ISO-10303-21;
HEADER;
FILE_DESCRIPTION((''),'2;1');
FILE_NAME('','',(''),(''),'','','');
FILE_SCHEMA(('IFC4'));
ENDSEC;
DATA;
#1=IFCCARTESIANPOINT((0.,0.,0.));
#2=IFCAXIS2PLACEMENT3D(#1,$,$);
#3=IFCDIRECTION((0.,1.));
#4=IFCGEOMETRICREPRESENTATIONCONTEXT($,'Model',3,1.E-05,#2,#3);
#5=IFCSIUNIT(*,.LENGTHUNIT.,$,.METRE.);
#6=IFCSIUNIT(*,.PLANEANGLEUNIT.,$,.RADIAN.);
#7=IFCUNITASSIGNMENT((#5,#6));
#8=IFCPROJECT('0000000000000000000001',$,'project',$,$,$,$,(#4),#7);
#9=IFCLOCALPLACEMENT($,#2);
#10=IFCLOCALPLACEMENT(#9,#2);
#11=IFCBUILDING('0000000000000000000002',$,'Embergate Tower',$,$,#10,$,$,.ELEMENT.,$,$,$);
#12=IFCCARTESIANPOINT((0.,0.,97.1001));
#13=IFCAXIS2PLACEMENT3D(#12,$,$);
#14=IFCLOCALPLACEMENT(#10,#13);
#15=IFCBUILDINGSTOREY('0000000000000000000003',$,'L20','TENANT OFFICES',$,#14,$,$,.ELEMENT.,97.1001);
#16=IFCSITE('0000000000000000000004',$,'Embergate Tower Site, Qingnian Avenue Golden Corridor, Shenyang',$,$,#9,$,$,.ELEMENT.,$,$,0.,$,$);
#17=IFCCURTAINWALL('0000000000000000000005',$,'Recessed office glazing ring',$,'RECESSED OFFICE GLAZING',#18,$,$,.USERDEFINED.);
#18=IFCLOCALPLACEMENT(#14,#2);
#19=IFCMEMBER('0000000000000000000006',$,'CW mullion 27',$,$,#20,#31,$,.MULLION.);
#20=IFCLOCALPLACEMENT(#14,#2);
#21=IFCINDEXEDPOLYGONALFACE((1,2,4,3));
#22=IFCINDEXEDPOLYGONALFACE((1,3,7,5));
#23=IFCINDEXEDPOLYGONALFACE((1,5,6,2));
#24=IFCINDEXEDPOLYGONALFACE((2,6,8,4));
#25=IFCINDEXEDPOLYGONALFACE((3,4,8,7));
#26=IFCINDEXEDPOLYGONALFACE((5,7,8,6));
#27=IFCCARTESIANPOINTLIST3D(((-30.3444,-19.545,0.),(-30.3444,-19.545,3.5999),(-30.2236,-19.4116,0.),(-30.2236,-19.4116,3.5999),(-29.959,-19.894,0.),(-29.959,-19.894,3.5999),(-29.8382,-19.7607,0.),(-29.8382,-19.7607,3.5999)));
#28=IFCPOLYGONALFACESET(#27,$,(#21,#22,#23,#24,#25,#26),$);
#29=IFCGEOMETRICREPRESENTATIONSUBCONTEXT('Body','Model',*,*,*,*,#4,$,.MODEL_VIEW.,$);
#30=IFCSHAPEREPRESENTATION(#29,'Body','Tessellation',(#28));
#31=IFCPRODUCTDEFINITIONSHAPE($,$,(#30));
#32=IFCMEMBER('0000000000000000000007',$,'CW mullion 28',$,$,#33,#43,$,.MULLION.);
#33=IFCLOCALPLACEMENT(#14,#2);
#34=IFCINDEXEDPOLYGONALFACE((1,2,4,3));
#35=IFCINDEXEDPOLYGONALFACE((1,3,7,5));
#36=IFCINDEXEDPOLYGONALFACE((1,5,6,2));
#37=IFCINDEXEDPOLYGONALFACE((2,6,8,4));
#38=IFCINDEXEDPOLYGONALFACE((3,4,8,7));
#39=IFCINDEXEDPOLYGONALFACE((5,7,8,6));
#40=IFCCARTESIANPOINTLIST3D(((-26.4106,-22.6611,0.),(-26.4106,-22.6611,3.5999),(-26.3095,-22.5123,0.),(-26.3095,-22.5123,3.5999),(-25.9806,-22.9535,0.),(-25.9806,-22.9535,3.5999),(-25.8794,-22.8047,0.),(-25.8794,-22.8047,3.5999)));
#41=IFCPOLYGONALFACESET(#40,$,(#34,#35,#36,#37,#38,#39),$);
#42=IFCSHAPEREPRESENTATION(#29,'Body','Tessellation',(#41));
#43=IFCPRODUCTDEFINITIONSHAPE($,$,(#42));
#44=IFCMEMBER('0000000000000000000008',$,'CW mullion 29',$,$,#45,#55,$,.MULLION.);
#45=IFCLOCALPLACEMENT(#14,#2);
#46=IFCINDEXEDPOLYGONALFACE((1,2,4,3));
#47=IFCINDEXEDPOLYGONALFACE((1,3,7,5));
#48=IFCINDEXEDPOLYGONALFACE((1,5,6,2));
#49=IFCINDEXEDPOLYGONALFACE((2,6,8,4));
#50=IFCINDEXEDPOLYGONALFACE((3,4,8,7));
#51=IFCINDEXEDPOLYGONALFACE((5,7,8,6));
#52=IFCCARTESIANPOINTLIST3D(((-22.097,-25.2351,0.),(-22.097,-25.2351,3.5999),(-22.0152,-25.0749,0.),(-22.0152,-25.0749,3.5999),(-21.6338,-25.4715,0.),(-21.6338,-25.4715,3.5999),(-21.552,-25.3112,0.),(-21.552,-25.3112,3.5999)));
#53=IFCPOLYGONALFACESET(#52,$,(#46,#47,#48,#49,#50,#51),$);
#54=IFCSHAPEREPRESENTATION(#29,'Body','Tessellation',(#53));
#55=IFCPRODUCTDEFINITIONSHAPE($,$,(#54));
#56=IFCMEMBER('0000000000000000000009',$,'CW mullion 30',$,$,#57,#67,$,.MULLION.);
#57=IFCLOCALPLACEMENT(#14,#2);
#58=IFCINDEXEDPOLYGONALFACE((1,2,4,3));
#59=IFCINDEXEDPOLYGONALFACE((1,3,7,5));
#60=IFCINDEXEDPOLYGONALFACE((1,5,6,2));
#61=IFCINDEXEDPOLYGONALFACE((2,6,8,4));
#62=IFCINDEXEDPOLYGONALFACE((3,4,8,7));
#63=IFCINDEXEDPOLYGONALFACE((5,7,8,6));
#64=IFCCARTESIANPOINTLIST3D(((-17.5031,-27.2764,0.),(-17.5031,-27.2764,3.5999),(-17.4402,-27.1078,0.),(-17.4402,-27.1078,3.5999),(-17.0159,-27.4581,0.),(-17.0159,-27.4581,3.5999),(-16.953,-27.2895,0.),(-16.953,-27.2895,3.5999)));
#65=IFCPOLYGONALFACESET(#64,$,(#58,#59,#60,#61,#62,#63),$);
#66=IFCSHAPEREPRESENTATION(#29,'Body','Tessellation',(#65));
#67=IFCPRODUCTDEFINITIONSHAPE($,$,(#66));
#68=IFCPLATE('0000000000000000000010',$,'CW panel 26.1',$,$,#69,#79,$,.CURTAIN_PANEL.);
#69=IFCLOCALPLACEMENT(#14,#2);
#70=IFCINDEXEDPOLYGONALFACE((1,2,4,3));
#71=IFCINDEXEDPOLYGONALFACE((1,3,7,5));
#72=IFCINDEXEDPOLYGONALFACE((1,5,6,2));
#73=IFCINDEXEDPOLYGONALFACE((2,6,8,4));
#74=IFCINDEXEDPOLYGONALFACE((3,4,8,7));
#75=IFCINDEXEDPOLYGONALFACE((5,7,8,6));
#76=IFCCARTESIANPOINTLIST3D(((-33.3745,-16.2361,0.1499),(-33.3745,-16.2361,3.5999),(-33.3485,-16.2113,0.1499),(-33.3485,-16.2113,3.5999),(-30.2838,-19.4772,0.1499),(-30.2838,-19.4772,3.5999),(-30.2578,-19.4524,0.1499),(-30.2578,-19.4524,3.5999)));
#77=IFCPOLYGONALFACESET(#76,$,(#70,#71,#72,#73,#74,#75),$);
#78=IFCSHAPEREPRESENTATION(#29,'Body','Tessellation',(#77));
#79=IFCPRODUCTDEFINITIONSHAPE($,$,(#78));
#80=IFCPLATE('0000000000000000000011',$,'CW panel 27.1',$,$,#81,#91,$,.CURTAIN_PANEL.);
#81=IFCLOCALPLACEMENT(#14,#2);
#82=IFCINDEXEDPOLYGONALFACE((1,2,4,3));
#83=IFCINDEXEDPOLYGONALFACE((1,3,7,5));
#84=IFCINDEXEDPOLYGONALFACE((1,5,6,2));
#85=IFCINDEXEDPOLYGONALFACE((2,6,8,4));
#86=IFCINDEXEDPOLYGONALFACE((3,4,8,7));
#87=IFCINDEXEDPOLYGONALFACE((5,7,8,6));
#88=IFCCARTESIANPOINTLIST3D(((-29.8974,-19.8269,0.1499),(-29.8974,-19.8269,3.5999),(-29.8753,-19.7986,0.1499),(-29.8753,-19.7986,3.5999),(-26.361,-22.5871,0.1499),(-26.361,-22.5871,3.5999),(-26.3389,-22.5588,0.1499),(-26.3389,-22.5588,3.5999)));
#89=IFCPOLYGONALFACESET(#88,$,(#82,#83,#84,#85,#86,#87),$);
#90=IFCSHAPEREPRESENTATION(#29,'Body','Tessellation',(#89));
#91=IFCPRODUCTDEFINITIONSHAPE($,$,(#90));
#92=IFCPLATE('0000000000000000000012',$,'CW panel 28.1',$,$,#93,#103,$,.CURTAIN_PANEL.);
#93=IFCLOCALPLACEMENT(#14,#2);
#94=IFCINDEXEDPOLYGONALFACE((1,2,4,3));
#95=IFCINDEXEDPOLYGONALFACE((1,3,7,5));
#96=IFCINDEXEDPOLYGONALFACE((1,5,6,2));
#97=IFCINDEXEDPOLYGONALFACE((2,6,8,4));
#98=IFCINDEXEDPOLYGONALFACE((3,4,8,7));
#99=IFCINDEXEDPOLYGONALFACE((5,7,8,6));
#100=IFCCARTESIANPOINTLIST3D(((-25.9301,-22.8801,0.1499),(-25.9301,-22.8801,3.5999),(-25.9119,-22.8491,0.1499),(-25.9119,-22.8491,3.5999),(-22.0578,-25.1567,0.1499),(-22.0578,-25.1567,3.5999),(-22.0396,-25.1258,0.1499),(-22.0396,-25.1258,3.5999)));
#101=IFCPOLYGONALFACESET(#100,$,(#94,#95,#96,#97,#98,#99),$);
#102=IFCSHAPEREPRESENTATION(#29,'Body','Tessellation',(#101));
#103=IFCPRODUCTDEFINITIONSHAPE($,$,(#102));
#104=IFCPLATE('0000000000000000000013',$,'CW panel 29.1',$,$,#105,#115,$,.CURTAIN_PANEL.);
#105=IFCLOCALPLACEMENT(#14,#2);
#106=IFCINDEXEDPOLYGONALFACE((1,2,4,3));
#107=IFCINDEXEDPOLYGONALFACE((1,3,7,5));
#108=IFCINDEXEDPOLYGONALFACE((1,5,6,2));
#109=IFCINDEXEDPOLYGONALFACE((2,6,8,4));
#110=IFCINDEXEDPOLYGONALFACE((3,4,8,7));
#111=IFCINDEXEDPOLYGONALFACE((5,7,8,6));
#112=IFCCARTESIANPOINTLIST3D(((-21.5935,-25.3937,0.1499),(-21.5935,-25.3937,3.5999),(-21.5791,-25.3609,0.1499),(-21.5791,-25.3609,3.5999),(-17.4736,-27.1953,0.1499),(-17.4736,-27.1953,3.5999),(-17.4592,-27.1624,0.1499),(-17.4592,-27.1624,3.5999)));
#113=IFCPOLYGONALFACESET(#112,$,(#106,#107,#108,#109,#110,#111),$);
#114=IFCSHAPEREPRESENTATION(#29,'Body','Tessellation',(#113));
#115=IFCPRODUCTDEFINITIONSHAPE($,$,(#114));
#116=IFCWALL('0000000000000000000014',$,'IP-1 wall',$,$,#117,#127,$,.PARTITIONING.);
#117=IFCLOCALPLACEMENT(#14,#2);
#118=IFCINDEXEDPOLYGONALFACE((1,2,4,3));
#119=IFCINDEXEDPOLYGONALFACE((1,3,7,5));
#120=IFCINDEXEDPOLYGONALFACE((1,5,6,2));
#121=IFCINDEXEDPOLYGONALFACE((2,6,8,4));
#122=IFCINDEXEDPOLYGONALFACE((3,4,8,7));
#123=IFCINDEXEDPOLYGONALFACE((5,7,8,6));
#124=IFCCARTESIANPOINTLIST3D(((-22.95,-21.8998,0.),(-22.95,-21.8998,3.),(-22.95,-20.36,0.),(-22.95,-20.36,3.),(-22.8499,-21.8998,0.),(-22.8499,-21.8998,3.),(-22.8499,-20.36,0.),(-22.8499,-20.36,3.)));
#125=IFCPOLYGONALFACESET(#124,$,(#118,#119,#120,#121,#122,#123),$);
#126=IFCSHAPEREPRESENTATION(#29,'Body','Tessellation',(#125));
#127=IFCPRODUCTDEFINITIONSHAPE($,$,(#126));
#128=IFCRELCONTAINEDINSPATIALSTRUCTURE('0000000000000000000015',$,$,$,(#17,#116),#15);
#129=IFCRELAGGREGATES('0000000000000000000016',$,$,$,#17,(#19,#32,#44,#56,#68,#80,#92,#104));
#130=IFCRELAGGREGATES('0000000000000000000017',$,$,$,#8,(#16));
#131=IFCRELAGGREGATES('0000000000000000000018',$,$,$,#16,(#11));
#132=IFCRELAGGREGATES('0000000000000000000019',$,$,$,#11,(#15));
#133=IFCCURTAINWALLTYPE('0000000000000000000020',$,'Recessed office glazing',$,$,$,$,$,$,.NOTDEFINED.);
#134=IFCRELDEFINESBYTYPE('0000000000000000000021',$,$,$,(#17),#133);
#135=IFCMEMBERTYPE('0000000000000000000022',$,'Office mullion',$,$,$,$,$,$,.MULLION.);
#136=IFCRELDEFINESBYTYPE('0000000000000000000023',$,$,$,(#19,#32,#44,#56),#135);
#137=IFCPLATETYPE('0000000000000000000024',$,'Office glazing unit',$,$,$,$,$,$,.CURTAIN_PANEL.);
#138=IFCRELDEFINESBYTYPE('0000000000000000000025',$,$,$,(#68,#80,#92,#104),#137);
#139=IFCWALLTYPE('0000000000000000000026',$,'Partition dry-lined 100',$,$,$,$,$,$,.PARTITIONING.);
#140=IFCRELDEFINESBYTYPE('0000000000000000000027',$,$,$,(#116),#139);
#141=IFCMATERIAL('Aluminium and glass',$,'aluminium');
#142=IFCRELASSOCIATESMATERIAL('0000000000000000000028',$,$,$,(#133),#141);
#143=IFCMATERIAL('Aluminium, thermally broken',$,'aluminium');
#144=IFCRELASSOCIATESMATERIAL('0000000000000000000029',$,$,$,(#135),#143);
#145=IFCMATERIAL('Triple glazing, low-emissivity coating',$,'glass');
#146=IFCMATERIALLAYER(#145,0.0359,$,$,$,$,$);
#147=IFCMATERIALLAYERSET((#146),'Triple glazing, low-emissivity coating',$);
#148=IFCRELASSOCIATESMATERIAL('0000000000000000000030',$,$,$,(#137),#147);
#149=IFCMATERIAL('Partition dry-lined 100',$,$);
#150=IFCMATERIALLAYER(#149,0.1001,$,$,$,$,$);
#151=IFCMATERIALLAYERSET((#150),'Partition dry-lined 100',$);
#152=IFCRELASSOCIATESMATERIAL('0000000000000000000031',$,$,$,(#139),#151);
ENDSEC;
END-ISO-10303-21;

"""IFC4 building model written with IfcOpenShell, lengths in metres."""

from ifc_helpers import new_model, si_unit, direction, frame, frame_2d, origin, origin_2d, place, context, subcontext, project, spatial, rectangle, extrude, source, transform, mapped, material, layer, layer_set, material_profile, profile_set, type_object, element, aggregate, save


model = new_model("IFC4")

# Units and contexts
model_context = context("Model", 3, precision=1e-05, world=origin(), true_north=direction((0.0, 1.0)))
body_context = subcontext(model_context, "Body", "Model", "MODEL_VIEW")
ifc_project = project(units=[si_unit("LENGTHUNIT", "METRE"), si_unit("PLANEANGLEUNIT", "RADIAN")], contexts=[model_context])

# Site, building, storey
site_placement = place(None, origin())
site = spatial("IfcSite", under=ifc_project, at=site_placement, Name="Embergate Tower Site, Qingnian Avenue Golden Corridor, Shenyang", CompositionType="ELEMENT", RefElevation=0.0)
building_placement = place(site_placement, origin())
building = spatial("IfcBuilding", under=site, at=building_placement, Name="Embergate Tower", CompositionType="ELEMENT")
storey_placement = place(building_placement, frame((0.0, 0.0, 97.1001)))
storey = spatial("IfcBuildingStorey", under=building, at=storey_placement, Name="L20", Description="TENANT OFFICES", CompositionType="ELEMENT", Elevation=97.1001)

# Curtain wall, members, plates
ifc_material_1 = material(Name="Aluminium and glass", Category="aluminium")
curtain_wall_type = type_object("IfcCurtainWallType", Name="Recessed office glazing", PredefinedType="NOTDEFINED", material=ifc_material_1)
curtain_wall_placement = place(storey_placement, origin())
curtain_wall = element("IfcCurtainWall", 1, at=curtain_wall_placement, inside=storey, type_object=curtain_wall_type, Name="Recessed office glazing ring", ObjectType="RECESSED OFFICE GLAZING", PredefinedType="USERDEFINED")
ifc_material_2 = material(Name="Aluminium, thermally broken", Category="aluminium")
ifc_material_profile_1 = material_profile(ifc_material_2, rectangle(XDim=0.1799, YDim=0.52, at=origin_2d()), Name="AL 520x180")
ifc_profile_set_1 = profile_set([ifc_material_profile_1], Name="Aluminium, thermally broken")
member_type_1 = type_object("IfcMemberType", Name="Office mullion", PredefinedType="MULLION", material=ifc_profile_set_1)
shared_shape_1 = source(origin(), body_context, "Body", "SweptSolid", [
    extrude(rectangle(XDim=0.1799, YDim=0.52, at=origin_2d()), origin(), (0.0, 0.0, 1.0), 3.5999),
])
member_1_placement = place(storey_placement, frame((-30.0913, -19.6528, 0.0), z_axis=(0.0, 0.0, 1.0), x_axis=(0.671239, 0.741241, 0.0)))
member_1 = element("IfcMember", 2, at=member_1_placement, type_object=member_type_1, Name="CW mullion 27", PredefinedType="MULLION", context=body_context, shape_type="MappedRepresentation", body=[
    mapped(shared_shape_1, transform((0.0, 0.0, 0.0))),
])
member_2_placement = place(storey_placement, frame((-26.145, -22.7329, 0.0), z_axis=(0.0, 0.0, 1.0), x_axis=(0.562229, 0.826981, 0.0)))
member_2 = element("IfcMember", 3, at=member_2_placement, type_object=member_type_1, Name="CW mullion 28", PredefinedType="MULLION", context=body_context, shape_type="MappedRepresentation", body=[
    mapped(shared_shape_1, transform((0.0, 0.0, 0.0))),
])
member_3_placement = place(storey_placement, frame((-21.8245, -25.2732, 0.0), z_axis=(0.0, 0.0, 1.0), x_axis=(0.454521, 0.890736, 0.0)))
member_3 = element("IfcMember", 4, at=member_3_placement, type_object=member_type_1, Name="CW mullion 29", PredefinedType="MULLION", context=body_context, shape_type="MappedRepresentation", body=[
    mapped(shared_shape_1, transform((0.0, 0.0, 0.0))),
])
member_4_placement = place(storey_placement, frame((-17.228, -27.283, 0.0), z_axis=(0.0, 0.0, 1.0), x_axis=(0.349511, 0.936932, 0.0)))
member_4 = element("IfcMember", 5, at=member_4_placement, type_object=member_type_1, Name="CW mullion 30", PredefinedType="MULLION", context=body_context, shape_type="MappedRepresentation", body=[
    mapped(shared_shape_1, transform((0.0, 0.0, 0.0))),
])
ifc_material_3 = material(Name="Triple glazing, low-emissivity coating", Category="glass")
ifc_layer_1 = layer(ifc_material_3, 0.0359)
ifc_layer_set_1 = layer_set([ifc_layer_1], Name="Triple glazing, low-emissivity coating")
plate_type = type_object("IfcPlateType", Name="Office glazing unit", PredefinedType="CURTAIN_PANEL", material=ifc_layer_set_1)
shared_shape_2 = source(origin(), body_context, "Body", "SweptSolid", [
    extrude(rectangle(XDim=4.4785, YDim=0.0359, at=origin_2d()), origin(), (0.0, 0.0, 1.0), 3.45),
])
plate_1_placement = place(storey_placement, frame((-31.8162, -17.8442, 0.1499), z_axis=(0.0, 0.0, 1.0), x_axis=(0.690125, -0.72369, 0.0)))
plate_1 = element("IfcPlate", 6, at=plate_1_placement, type_object=plate_type, Name="CW panel 26.1", PredefinedType="CURTAIN_PANEL", context=body_context, shape_type="MappedRepresentation", body=[
    mapped(shared_shape_2, transform((0.0, 0.0, 0.0))),
])
shared_shape_3 = source(origin(), body_context, "Body", "SweptSolid", [
    extrude(rectangle(XDim=4.4861, YDim=0.0359, at=origin_2d()), origin(), (0.0, 0.0, 1.0), 3.45),
])
plate_2_placement = place(storey_placement, frame((-28.1182, -21.1929, 0.1499), z_axis=(0.0, 0.0, 1.0), x_axis=(0.788313, -0.615275, 0.0)))
plate_2 = element("IfcPlate", 7, at=plate_2_placement, type_object=plate_type, Name="CW panel 27.1", PredefinedType="CURTAIN_PANEL", context=body_context, shape_type="MappedRepresentation", body=[
    mapped(shared_shape_3, transform((0.0, 0.0, 0.0))),
])
shared_shape_4 = source(origin(), body_context, "Body", "SweptSolid", [
    extrude(rectangle(XDim=4.4919, YDim=0.0359, at=origin_2d()), origin(), (0.0, 0.0, 1.0), 3.45),
])
plate_3_placement = place(storey_placement, frame((-23.9849, -24.0029, 0.1499), z_axis=(0.0, 0.0, 1.0), x_axis=(0.862048, -0.506827, 0.0)))
plate_3 = element("IfcPlate", 8, at=plate_3_placement, type_object=plate_type, Name="CW panel 28.1", PredefinedType="CURTAIN_PANEL", context=body_context, shape_type="MappedRepresentation", body=[
    mapped(shared_shape_4, transform((0.0, 0.0, 0.0))),
])
shared_shape_5 = source(origin(), body_context, "Body", "SweptSolid", [
    extrude(rectangle(XDim=4.4966, YDim=0.0359, at=origin_2d()), origin(), (0.0, 0.0, 1.0), 3.45),
])
plate_4_placement = place(storey_placement, frame((-19.5264, -26.2781, 0.1499), z_axis=(0.0, 0.0, 1.0), x_axis=(0.916233, -0.400646, 0.0)))
plate_4 = element("IfcPlate", 9, at=plate_4_placement, type_object=plate_type, Name="CW panel 29.1", PredefinedType="CURTAIN_PANEL", context=body_context, shape_type="MappedRepresentation", body=[
    mapped(shared_shape_5, transform((0.0, 0.0, 0.0))),
])
aggregate(curtain_wall, [member_1, member_2, member_3, member_4, plate_1, plate_2, plate_3, plate_4])

# Wall
ifc_material_4 = material(Name="Partition dry-lined 100")
ifc_layer_2 = layer(ifc_material_4, 0.1001)
ifc_layer_set_2 = layer_set([ifc_layer_2], Name="Partition dry-lined 100")
wall_type = type_object("IfcWallType", Name="Partition dry-lined 100", PredefinedType="PARTITIONING", material=ifc_layer_set_2)
shared_shape_6 = source(origin(), body_context, "Body", "SweptSolid", [
    extrude(rectangle(XDim=1.5398, YDim=0.1001, at=frame_2d((0.77, 0.0))), origin(), (0.0, 0.0, 1.0), 3.0),
])
wall_placement = place(storey_placement, frame((-22.8999, -21.8999, 0.0), z_axis=(0.0, 0.0, 1.0), x_axis=(0.0, 1.0, 0.0)))
element("IfcWall", 10, at=wall_placement, inside=storey, type_object=wall_type, Name="IP-1 wall", PredefinedType="PARTITIONING", context=body_context, shape_type="MappedRepresentation", body=[
    mapped(shared_shape_6, transform((0.0, 0.0, 0.0))),
])

save(model, "model.ifc")
